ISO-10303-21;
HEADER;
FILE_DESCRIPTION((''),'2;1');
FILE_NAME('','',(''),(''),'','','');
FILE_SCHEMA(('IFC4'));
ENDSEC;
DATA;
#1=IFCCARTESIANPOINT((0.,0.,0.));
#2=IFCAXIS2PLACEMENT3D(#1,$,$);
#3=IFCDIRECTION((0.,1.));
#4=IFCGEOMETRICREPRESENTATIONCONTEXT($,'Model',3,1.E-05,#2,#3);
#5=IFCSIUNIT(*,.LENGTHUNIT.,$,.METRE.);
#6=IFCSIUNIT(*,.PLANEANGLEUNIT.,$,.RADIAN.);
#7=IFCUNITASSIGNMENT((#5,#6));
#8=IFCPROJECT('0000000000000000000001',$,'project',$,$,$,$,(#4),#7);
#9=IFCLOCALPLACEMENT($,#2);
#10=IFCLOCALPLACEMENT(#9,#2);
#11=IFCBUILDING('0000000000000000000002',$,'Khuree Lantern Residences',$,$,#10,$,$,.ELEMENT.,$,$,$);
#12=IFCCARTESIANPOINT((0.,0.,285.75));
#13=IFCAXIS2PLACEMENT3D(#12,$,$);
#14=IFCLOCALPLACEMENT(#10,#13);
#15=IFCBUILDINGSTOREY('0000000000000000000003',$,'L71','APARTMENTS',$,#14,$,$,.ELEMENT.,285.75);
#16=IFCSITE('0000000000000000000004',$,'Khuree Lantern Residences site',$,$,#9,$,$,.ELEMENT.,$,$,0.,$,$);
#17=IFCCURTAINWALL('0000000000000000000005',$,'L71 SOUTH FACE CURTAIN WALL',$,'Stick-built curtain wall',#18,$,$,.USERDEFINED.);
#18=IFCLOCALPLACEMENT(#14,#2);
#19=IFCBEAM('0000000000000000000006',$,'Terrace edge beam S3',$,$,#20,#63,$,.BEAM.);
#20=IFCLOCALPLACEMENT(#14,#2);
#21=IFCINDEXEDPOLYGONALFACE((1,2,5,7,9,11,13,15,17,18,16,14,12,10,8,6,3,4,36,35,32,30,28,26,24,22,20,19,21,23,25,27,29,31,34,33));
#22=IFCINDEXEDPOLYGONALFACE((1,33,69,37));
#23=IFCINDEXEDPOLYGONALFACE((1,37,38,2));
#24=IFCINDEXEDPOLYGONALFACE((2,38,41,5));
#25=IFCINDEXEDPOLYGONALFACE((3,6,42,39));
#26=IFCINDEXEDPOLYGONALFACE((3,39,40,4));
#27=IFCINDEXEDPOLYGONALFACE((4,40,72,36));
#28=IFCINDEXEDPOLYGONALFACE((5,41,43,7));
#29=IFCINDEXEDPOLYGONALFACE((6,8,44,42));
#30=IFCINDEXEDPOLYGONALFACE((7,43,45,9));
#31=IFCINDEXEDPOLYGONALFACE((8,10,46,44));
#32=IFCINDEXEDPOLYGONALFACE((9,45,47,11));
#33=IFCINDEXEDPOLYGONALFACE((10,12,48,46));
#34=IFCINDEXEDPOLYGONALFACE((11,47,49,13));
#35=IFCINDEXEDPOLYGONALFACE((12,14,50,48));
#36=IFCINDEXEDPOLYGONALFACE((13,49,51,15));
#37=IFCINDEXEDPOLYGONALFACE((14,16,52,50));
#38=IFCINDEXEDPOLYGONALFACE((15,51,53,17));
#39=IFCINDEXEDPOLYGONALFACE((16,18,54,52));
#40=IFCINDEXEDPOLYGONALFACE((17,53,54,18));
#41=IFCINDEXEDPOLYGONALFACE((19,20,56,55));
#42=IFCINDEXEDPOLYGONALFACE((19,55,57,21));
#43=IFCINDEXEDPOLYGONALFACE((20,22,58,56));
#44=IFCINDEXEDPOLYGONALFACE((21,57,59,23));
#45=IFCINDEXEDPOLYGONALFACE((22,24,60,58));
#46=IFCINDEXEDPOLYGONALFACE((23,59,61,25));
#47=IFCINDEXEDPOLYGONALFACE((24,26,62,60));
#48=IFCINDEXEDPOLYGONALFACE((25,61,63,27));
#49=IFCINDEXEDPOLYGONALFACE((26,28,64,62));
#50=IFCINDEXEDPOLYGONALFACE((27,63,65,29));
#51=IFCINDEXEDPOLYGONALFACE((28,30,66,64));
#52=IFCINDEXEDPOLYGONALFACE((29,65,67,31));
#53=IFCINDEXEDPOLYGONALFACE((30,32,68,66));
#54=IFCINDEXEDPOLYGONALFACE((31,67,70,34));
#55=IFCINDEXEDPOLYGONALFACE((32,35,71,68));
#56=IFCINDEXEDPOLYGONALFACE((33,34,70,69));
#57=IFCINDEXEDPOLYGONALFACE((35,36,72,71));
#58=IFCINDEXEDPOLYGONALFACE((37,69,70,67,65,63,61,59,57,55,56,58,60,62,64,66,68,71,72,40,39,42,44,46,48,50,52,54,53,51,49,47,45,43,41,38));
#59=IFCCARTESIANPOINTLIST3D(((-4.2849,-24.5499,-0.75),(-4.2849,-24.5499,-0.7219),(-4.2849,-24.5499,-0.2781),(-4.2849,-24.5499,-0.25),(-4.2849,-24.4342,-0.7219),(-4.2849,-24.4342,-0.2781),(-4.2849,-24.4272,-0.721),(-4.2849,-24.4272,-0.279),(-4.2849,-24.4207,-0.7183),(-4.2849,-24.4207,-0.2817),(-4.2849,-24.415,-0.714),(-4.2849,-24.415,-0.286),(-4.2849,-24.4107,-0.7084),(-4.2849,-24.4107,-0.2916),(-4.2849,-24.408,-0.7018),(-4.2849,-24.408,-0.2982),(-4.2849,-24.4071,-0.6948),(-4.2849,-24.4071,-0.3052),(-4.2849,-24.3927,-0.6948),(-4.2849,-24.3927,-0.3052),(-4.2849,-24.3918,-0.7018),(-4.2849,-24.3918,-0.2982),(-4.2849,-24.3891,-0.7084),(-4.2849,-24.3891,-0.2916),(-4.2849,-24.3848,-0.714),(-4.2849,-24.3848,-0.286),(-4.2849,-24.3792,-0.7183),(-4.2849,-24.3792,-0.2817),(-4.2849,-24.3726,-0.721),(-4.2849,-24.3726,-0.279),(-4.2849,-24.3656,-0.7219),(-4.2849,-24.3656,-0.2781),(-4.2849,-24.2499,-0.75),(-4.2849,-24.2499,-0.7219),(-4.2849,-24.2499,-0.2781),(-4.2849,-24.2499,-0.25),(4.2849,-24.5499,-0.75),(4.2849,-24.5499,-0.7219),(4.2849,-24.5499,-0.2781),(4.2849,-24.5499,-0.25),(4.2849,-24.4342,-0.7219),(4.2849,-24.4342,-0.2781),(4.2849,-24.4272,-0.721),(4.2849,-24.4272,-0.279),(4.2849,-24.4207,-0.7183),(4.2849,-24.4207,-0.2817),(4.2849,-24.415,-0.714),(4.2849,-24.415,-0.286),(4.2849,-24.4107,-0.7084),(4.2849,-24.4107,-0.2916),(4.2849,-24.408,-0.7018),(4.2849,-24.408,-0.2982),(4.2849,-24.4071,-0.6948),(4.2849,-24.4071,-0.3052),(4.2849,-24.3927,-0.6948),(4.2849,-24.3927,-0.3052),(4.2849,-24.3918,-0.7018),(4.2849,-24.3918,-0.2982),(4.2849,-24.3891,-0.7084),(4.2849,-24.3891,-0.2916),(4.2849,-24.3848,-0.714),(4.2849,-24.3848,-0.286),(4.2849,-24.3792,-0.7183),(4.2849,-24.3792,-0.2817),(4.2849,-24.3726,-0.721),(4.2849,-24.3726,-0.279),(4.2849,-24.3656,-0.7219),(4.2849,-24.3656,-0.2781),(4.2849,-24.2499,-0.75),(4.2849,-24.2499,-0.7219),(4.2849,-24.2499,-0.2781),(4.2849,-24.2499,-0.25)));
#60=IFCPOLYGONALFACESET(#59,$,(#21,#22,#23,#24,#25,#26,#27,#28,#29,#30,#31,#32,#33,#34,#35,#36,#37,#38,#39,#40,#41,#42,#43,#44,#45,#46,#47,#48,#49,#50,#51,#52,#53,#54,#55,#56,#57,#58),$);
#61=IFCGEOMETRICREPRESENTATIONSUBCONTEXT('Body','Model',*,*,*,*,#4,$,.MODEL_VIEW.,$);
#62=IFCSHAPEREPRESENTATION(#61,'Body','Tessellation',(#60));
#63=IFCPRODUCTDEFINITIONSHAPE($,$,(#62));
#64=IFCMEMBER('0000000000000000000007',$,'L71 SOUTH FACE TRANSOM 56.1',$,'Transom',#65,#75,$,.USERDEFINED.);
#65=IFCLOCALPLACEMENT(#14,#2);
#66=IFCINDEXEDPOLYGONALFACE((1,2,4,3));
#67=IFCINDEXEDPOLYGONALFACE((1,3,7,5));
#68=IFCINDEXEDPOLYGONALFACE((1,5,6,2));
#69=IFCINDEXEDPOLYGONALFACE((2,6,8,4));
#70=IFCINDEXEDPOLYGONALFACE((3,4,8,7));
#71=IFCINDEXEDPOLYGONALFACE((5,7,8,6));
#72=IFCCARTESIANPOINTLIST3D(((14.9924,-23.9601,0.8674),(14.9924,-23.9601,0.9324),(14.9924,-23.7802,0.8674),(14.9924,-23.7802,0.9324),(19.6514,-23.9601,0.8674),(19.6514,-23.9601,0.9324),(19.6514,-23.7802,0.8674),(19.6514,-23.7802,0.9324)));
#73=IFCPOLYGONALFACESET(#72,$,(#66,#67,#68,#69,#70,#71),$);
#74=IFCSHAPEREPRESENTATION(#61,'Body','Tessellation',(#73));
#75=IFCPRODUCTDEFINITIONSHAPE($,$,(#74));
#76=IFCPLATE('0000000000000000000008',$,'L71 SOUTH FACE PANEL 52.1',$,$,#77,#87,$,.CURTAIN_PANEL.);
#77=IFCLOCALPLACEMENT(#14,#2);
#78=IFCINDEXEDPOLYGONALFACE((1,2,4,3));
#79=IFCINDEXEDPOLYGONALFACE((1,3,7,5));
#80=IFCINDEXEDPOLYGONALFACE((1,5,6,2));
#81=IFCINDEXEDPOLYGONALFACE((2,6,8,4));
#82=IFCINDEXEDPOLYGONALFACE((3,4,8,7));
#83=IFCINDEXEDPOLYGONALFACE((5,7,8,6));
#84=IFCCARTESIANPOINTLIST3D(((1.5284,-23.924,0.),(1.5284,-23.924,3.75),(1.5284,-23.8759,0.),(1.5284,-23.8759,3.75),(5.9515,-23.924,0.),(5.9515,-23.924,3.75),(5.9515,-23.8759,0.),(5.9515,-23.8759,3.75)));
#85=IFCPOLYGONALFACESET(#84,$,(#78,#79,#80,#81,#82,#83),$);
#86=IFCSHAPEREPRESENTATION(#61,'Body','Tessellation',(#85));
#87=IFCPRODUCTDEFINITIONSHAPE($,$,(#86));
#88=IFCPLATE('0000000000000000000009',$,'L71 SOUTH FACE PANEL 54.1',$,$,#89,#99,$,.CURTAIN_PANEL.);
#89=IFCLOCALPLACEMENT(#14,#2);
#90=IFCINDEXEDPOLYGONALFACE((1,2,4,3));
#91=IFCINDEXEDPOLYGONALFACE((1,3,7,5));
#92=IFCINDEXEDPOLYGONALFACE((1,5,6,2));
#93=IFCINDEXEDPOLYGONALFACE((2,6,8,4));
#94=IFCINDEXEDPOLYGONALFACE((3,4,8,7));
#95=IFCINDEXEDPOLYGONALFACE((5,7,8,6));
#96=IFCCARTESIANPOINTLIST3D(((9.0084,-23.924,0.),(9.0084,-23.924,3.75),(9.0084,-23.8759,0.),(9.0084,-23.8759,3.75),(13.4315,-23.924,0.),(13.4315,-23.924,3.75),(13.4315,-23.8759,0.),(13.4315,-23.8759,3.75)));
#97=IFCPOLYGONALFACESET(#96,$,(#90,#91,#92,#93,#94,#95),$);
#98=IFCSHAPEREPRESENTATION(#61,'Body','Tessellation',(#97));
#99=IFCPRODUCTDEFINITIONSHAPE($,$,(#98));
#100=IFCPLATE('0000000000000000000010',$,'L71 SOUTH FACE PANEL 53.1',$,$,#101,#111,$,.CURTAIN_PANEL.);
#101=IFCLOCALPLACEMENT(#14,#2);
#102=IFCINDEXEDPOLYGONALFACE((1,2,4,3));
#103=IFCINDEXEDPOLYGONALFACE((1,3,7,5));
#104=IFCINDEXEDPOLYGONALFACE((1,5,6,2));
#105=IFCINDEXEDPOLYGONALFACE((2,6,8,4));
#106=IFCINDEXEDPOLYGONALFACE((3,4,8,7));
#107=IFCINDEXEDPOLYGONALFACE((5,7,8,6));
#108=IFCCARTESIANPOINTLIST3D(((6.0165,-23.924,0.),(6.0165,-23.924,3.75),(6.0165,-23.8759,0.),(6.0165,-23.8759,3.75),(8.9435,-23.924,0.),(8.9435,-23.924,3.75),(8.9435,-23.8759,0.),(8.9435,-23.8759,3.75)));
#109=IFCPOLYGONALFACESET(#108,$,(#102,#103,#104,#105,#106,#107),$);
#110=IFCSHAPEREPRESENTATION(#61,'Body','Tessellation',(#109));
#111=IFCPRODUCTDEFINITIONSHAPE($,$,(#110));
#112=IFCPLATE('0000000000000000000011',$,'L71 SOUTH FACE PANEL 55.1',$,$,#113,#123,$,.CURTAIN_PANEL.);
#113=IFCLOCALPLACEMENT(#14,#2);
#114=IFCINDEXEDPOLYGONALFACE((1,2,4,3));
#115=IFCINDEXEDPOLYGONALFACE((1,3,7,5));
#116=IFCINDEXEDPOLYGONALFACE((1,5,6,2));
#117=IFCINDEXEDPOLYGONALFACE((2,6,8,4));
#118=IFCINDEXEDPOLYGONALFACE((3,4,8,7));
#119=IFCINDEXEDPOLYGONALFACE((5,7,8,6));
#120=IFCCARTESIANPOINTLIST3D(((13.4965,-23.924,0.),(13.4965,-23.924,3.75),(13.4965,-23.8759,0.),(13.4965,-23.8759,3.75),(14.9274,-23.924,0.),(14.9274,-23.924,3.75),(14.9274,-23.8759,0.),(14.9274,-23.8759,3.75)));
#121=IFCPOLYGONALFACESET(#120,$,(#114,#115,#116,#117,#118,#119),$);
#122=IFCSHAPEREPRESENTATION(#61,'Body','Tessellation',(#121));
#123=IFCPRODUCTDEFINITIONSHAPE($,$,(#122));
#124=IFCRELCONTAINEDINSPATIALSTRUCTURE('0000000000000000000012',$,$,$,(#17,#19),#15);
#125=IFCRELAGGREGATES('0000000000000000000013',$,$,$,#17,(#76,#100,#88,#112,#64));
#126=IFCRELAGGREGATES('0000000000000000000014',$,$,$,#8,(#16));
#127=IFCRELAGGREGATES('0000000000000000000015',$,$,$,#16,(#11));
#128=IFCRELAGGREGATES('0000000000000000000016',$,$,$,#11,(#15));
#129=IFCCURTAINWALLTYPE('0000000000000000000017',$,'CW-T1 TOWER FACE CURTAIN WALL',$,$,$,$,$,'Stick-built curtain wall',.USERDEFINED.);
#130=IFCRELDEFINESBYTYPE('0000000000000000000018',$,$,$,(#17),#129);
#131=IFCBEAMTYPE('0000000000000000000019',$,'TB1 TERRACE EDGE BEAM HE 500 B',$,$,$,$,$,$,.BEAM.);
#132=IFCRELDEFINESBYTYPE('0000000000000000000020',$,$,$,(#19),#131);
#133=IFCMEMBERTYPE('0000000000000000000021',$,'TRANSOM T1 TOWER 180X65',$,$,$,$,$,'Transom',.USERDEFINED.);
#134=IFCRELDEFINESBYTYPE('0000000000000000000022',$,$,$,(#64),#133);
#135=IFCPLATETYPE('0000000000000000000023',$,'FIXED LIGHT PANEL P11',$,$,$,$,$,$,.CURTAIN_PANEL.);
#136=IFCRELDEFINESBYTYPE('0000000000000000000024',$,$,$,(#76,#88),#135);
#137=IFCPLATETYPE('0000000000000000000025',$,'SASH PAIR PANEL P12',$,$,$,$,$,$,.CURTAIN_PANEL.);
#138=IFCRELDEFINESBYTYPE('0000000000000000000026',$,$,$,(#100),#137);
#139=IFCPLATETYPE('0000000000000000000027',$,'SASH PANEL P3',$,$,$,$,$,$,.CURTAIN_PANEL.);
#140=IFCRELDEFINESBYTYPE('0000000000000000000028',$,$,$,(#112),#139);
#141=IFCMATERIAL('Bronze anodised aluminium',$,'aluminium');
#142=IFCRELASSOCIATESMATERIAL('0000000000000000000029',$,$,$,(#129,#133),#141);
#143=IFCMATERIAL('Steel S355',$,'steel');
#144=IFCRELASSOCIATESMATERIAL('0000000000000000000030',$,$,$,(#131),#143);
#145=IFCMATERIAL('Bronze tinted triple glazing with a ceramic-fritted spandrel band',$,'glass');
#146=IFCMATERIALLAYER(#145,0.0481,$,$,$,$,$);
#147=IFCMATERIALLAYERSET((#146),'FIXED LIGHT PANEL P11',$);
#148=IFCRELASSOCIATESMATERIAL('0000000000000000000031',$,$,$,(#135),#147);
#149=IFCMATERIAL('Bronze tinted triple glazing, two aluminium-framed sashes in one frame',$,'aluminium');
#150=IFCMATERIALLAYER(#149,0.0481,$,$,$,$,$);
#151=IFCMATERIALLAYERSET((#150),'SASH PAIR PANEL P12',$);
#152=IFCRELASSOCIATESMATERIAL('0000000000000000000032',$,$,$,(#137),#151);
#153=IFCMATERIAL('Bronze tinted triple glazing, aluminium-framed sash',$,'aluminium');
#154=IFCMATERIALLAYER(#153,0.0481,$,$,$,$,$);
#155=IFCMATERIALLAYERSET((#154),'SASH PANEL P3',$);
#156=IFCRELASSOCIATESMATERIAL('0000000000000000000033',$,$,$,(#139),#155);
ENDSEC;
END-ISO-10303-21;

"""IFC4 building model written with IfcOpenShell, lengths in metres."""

from ifc_helpers import new_model, si_unit, direction, frame, origin, origin_2d, place, context, subcontext, project, spatial, rectangle, i_section, extrude, material, layer, layer_set, material_profile, profile_set, type_object, element, aggregate, save


model = new_model("IFC4")

# Units and contexts
model_context = context("Model", 3, precision=1e-05, world=origin(), true_north=direction((0.0, 1.0)))
body_context = subcontext(model_context, "Body", "Model", "MODEL_VIEW")
ifc_project = project(units=[si_unit("LENGTHUNIT", "METRE"), si_unit("PLANEANGLEUNIT", "RADIAN")], contexts=[model_context])

# Site, building, storey
site_placement = place(None, origin())
site = spatial("IfcSite", under=ifc_project, at=site_placement, Name="Khuree Lantern Residences site", CompositionType="ELEMENT", RefElevation=0.0)
building_placement = place(site_placement, origin())
building = spatial("IfcBuilding", under=site, at=building_placement, Name="Khuree Lantern Residences", CompositionType="ELEMENT")
storey_placement = place(building_placement, frame((0.0, 0.0, 285.75)))
storey = spatial("IfcBuildingStorey", under=building, at=storey_placement, Name="L71", Description="APARTMENTS", CompositionType="ELEMENT", Elevation=285.75)

# Shared definitions
ifc_material_1 = material(Name="Steel S355", Category="steel")

# Curtain wall
ifc_material_2 = material(Name="Bronze anodised aluminium", Category="aluminium")
curtain_wall_type = type_object("IfcCurtainWallType", Name="CW-T1 TOWER FACE CURTAIN WALL", ElementType="Stick-built curtain wall", PredefinedType="USERDEFINED", material=ifc_material_2)
curtain_wall_placement = place(storey_placement, origin())
curtain_wall = element("IfcCurtainWall", 1, at=curtain_wall_placement, inside=storey, type_object=curtain_wall_type, Name="L71 SOUTH FACE CURTAIN WALL", ObjectType="Stick-built curtain wall", PredefinedType="USERDEFINED")

# Beam
ifc_material_profile_1 = material_profile(ifc_material_1, i_section(OverallWidth=0.3, OverallDepth=0.5, WebThickness=0.0144, FlangeThickness=0.0281, FilletRadius=0.0271, at=origin_2d()), Name="HE 500 B")
ifc_profile_set_1 = profile_set([ifc_material_profile_1], Name="Steel S355")
beam_type_1 = type_object("IfcBeamType", Name="TB1 TERRACE EDGE BEAM HE 500 B", PredefinedType="BEAM", material=ifc_profile_set_1)
beam_1_placement = place(storey_placement, frame((4.2849, -24.3999, -0.5), z_axis=(-1.0, 0.0, 0.0), x_axis=(0.0, -1.0, 0.0)))
element("IfcBeam", 2, at=beam_1_placement, inside=storey, type_object=beam_type_1, Name="Terrace edge beam S3", PredefinedType="BEAM", context=body_context, shape_type="SweptSolid", body=[
    extrude(i_section(OverallWidth=0.3, OverallDepth=0.5, WebThickness=0.0144, FlangeThickness=0.0281, FilletRadius=0.0271, at=origin_2d()), origin(), (0.0, 0.0, 1.0), 8.5698),
])

# Member
ifc_material_profile_2 = material_profile(ifc_material_2, rectangle(XDim=0.1799, YDim=0.0649, at=origin_2d()), Name="T1 180X65")
ifc_profile_set_2 = profile_set([ifc_material_profile_2], Name="Bronze anodised aluminium")
member_type_1 = type_object("IfcMemberType", Name="TRANSOM T1 TOWER 180X65", ElementType="Transom", PredefinedType="USERDEFINED", material=ifc_profile_set_2)
member_1_placement = place(storey_placement, frame((14.9924, -23.8701, 0.8999), z_axis=(1.0, 0.0, 0.0), x_axis=(0.0, 1.0, 0.0)))
member_1 = element("IfcMember", 3, at=member_1_placement, type_object=member_type_1, Name="L71 SOUTH FACE TRANSOM 56.1", ObjectType="Transom", PredefinedType="USERDEFINED", context=body_context, shape_type="SweptSolid", body=[
    extrude(rectangle(XDim=0.1799, YDim=0.0649, at=origin_2d()), origin(), (0.0, 0.0, 1.0), 4.6589),
])

# Plates
ifc_material_3 = material(Name="Bronze tinted triple glazing with a ceramic-fritted spandrel band", Category="glass")
ifc_layer_1 = layer(ifc_material_3, 0.0481)
ifc_layer_set_1 = layer_set([ifc_layer_1], Name="FIXED LIGHT PANEL P11")
plate_type_1 = type_object("IfcPlateType", Name="FIXED LIGHT PANEL P11", PredefinedType="CURTAIN_PANEL", material=ifc_layer_set_1)
plate_1_placement = place(storey_placement, frame((3.74, -23.8999, 0.0), z_axis=(0.0, 0.0, 1.0), x_axis=(1.0, 0.0, 0.0)))
plate_1 = element("IfcPlate", 4, at=plate_1_placement, type_object=plate_type_1, Name="L71 SOUTH FACE PANEL 52.1", PredefinedType="CURTAIN_PANEL", context=body_context, shape_type="SweptSolid", body=[
    extrude(rectangle(XDim=4.4231, YDim=0.0481, at=origin_2d()), origin(), (0.0, 0.0, 1.0), 3.75),
])
plate_2_placement = place(storey_placement, frame((11.22, -23.8999, 0.0), z_axis=(0.0, 0.0, 1.0), x_axis=(1.0, 0.0, 0.0)))
plate_2 = element("IfcPlate", 5, at=plate_2_placement, type_object=plate_type_1, Name="L71 SOUTH FACE PANEL 54.1", PredefinedType="CURTAIN_PANEL", context=body_context, shape_type="SweptSolid", body=[
    extrude(rectangle(XDim=4.4231, YDim=0.0481, at=origin_2d()), origin(), (0.0, 0.0, 1.0), 3.75),
])
ifc_material_4 = material(Name="Bronze tinted triple glazing, two aluminium-framed sashes in one frame", Category="aluminium")
ifc_layer_2 = layer(ifc_material_4, 0.0481)
ifc_layer_set_2 = layer_set([ifc_layer_2], Name="SASH PAIR PANEL P12")
plate_type_2 = type_object("IfcPlateType", Name="SASH PAIR PANEL P12", PredefinedType="CURTAIN_PANEL", material=ifc_layer_set_2)
plate_3_placement = place(storey_placement, frame((7.48, -23.8999, 0.0), z_axis=(0.0, 0.0, 1.0), x_axis=(1.0, 0.0, 0.0)))
plate_3 = element("IfcPlate", 6, at=plate_3_placement, type_object=plate_type_2, Name="L71 SOUTH FACE PANEL 53.1", PredefinedType="CURTAIN_PANEL", context=body_context, shape_type="SweptSolid", body=[
    extrude(rectangle(XDim=2.927, YDim=0.0481, at=origin_2d()), origin(), (0.0, 0.0, 1.0), 3.75),
])
ifc_material_5 = material(Name="Bronze tinted triple glazing, aluminium-framed sash", Category="aluminium")
ifc_layer_3 = layer(ifc_material_5, 0.0481)
ifc_layer_set_3 = layer_set([ifc_layer_3], Name="SASH PANEL P3")
plate_type_3 = type_object("IfcPlateType", Name="SASH PANEL P3", PredefinedType="CURTAIN_PANEL", material=ifc_layer_set_3)
plate_4_placement = place(storey_placement, frame((14.2119, -23.8999, 0.0), z_axis=(0.0, 0.0, 1.0), x_axis=(1.0, 0.0, 0.0)))
plate_4 = element("IfcPlate", 7, at=plate_4_placement, type_object=plate_type_3, Name="L71 SOUTH FACE PANEL 55.1", PredefinedType="CURTAIN_PANEL", context=body_context, shape_type="SweptSolid", body=[
    extrude(rectangle(XDim=1.4309, YDim=0.0481, at=origin_2d()), origin(), (0.0, 0.0, 1.0), 3.75),
])
aggregate(curtain_wall, [plate_1, plate_3, plate_2, plate_4, member_1])

save(model, "model.ifc")
